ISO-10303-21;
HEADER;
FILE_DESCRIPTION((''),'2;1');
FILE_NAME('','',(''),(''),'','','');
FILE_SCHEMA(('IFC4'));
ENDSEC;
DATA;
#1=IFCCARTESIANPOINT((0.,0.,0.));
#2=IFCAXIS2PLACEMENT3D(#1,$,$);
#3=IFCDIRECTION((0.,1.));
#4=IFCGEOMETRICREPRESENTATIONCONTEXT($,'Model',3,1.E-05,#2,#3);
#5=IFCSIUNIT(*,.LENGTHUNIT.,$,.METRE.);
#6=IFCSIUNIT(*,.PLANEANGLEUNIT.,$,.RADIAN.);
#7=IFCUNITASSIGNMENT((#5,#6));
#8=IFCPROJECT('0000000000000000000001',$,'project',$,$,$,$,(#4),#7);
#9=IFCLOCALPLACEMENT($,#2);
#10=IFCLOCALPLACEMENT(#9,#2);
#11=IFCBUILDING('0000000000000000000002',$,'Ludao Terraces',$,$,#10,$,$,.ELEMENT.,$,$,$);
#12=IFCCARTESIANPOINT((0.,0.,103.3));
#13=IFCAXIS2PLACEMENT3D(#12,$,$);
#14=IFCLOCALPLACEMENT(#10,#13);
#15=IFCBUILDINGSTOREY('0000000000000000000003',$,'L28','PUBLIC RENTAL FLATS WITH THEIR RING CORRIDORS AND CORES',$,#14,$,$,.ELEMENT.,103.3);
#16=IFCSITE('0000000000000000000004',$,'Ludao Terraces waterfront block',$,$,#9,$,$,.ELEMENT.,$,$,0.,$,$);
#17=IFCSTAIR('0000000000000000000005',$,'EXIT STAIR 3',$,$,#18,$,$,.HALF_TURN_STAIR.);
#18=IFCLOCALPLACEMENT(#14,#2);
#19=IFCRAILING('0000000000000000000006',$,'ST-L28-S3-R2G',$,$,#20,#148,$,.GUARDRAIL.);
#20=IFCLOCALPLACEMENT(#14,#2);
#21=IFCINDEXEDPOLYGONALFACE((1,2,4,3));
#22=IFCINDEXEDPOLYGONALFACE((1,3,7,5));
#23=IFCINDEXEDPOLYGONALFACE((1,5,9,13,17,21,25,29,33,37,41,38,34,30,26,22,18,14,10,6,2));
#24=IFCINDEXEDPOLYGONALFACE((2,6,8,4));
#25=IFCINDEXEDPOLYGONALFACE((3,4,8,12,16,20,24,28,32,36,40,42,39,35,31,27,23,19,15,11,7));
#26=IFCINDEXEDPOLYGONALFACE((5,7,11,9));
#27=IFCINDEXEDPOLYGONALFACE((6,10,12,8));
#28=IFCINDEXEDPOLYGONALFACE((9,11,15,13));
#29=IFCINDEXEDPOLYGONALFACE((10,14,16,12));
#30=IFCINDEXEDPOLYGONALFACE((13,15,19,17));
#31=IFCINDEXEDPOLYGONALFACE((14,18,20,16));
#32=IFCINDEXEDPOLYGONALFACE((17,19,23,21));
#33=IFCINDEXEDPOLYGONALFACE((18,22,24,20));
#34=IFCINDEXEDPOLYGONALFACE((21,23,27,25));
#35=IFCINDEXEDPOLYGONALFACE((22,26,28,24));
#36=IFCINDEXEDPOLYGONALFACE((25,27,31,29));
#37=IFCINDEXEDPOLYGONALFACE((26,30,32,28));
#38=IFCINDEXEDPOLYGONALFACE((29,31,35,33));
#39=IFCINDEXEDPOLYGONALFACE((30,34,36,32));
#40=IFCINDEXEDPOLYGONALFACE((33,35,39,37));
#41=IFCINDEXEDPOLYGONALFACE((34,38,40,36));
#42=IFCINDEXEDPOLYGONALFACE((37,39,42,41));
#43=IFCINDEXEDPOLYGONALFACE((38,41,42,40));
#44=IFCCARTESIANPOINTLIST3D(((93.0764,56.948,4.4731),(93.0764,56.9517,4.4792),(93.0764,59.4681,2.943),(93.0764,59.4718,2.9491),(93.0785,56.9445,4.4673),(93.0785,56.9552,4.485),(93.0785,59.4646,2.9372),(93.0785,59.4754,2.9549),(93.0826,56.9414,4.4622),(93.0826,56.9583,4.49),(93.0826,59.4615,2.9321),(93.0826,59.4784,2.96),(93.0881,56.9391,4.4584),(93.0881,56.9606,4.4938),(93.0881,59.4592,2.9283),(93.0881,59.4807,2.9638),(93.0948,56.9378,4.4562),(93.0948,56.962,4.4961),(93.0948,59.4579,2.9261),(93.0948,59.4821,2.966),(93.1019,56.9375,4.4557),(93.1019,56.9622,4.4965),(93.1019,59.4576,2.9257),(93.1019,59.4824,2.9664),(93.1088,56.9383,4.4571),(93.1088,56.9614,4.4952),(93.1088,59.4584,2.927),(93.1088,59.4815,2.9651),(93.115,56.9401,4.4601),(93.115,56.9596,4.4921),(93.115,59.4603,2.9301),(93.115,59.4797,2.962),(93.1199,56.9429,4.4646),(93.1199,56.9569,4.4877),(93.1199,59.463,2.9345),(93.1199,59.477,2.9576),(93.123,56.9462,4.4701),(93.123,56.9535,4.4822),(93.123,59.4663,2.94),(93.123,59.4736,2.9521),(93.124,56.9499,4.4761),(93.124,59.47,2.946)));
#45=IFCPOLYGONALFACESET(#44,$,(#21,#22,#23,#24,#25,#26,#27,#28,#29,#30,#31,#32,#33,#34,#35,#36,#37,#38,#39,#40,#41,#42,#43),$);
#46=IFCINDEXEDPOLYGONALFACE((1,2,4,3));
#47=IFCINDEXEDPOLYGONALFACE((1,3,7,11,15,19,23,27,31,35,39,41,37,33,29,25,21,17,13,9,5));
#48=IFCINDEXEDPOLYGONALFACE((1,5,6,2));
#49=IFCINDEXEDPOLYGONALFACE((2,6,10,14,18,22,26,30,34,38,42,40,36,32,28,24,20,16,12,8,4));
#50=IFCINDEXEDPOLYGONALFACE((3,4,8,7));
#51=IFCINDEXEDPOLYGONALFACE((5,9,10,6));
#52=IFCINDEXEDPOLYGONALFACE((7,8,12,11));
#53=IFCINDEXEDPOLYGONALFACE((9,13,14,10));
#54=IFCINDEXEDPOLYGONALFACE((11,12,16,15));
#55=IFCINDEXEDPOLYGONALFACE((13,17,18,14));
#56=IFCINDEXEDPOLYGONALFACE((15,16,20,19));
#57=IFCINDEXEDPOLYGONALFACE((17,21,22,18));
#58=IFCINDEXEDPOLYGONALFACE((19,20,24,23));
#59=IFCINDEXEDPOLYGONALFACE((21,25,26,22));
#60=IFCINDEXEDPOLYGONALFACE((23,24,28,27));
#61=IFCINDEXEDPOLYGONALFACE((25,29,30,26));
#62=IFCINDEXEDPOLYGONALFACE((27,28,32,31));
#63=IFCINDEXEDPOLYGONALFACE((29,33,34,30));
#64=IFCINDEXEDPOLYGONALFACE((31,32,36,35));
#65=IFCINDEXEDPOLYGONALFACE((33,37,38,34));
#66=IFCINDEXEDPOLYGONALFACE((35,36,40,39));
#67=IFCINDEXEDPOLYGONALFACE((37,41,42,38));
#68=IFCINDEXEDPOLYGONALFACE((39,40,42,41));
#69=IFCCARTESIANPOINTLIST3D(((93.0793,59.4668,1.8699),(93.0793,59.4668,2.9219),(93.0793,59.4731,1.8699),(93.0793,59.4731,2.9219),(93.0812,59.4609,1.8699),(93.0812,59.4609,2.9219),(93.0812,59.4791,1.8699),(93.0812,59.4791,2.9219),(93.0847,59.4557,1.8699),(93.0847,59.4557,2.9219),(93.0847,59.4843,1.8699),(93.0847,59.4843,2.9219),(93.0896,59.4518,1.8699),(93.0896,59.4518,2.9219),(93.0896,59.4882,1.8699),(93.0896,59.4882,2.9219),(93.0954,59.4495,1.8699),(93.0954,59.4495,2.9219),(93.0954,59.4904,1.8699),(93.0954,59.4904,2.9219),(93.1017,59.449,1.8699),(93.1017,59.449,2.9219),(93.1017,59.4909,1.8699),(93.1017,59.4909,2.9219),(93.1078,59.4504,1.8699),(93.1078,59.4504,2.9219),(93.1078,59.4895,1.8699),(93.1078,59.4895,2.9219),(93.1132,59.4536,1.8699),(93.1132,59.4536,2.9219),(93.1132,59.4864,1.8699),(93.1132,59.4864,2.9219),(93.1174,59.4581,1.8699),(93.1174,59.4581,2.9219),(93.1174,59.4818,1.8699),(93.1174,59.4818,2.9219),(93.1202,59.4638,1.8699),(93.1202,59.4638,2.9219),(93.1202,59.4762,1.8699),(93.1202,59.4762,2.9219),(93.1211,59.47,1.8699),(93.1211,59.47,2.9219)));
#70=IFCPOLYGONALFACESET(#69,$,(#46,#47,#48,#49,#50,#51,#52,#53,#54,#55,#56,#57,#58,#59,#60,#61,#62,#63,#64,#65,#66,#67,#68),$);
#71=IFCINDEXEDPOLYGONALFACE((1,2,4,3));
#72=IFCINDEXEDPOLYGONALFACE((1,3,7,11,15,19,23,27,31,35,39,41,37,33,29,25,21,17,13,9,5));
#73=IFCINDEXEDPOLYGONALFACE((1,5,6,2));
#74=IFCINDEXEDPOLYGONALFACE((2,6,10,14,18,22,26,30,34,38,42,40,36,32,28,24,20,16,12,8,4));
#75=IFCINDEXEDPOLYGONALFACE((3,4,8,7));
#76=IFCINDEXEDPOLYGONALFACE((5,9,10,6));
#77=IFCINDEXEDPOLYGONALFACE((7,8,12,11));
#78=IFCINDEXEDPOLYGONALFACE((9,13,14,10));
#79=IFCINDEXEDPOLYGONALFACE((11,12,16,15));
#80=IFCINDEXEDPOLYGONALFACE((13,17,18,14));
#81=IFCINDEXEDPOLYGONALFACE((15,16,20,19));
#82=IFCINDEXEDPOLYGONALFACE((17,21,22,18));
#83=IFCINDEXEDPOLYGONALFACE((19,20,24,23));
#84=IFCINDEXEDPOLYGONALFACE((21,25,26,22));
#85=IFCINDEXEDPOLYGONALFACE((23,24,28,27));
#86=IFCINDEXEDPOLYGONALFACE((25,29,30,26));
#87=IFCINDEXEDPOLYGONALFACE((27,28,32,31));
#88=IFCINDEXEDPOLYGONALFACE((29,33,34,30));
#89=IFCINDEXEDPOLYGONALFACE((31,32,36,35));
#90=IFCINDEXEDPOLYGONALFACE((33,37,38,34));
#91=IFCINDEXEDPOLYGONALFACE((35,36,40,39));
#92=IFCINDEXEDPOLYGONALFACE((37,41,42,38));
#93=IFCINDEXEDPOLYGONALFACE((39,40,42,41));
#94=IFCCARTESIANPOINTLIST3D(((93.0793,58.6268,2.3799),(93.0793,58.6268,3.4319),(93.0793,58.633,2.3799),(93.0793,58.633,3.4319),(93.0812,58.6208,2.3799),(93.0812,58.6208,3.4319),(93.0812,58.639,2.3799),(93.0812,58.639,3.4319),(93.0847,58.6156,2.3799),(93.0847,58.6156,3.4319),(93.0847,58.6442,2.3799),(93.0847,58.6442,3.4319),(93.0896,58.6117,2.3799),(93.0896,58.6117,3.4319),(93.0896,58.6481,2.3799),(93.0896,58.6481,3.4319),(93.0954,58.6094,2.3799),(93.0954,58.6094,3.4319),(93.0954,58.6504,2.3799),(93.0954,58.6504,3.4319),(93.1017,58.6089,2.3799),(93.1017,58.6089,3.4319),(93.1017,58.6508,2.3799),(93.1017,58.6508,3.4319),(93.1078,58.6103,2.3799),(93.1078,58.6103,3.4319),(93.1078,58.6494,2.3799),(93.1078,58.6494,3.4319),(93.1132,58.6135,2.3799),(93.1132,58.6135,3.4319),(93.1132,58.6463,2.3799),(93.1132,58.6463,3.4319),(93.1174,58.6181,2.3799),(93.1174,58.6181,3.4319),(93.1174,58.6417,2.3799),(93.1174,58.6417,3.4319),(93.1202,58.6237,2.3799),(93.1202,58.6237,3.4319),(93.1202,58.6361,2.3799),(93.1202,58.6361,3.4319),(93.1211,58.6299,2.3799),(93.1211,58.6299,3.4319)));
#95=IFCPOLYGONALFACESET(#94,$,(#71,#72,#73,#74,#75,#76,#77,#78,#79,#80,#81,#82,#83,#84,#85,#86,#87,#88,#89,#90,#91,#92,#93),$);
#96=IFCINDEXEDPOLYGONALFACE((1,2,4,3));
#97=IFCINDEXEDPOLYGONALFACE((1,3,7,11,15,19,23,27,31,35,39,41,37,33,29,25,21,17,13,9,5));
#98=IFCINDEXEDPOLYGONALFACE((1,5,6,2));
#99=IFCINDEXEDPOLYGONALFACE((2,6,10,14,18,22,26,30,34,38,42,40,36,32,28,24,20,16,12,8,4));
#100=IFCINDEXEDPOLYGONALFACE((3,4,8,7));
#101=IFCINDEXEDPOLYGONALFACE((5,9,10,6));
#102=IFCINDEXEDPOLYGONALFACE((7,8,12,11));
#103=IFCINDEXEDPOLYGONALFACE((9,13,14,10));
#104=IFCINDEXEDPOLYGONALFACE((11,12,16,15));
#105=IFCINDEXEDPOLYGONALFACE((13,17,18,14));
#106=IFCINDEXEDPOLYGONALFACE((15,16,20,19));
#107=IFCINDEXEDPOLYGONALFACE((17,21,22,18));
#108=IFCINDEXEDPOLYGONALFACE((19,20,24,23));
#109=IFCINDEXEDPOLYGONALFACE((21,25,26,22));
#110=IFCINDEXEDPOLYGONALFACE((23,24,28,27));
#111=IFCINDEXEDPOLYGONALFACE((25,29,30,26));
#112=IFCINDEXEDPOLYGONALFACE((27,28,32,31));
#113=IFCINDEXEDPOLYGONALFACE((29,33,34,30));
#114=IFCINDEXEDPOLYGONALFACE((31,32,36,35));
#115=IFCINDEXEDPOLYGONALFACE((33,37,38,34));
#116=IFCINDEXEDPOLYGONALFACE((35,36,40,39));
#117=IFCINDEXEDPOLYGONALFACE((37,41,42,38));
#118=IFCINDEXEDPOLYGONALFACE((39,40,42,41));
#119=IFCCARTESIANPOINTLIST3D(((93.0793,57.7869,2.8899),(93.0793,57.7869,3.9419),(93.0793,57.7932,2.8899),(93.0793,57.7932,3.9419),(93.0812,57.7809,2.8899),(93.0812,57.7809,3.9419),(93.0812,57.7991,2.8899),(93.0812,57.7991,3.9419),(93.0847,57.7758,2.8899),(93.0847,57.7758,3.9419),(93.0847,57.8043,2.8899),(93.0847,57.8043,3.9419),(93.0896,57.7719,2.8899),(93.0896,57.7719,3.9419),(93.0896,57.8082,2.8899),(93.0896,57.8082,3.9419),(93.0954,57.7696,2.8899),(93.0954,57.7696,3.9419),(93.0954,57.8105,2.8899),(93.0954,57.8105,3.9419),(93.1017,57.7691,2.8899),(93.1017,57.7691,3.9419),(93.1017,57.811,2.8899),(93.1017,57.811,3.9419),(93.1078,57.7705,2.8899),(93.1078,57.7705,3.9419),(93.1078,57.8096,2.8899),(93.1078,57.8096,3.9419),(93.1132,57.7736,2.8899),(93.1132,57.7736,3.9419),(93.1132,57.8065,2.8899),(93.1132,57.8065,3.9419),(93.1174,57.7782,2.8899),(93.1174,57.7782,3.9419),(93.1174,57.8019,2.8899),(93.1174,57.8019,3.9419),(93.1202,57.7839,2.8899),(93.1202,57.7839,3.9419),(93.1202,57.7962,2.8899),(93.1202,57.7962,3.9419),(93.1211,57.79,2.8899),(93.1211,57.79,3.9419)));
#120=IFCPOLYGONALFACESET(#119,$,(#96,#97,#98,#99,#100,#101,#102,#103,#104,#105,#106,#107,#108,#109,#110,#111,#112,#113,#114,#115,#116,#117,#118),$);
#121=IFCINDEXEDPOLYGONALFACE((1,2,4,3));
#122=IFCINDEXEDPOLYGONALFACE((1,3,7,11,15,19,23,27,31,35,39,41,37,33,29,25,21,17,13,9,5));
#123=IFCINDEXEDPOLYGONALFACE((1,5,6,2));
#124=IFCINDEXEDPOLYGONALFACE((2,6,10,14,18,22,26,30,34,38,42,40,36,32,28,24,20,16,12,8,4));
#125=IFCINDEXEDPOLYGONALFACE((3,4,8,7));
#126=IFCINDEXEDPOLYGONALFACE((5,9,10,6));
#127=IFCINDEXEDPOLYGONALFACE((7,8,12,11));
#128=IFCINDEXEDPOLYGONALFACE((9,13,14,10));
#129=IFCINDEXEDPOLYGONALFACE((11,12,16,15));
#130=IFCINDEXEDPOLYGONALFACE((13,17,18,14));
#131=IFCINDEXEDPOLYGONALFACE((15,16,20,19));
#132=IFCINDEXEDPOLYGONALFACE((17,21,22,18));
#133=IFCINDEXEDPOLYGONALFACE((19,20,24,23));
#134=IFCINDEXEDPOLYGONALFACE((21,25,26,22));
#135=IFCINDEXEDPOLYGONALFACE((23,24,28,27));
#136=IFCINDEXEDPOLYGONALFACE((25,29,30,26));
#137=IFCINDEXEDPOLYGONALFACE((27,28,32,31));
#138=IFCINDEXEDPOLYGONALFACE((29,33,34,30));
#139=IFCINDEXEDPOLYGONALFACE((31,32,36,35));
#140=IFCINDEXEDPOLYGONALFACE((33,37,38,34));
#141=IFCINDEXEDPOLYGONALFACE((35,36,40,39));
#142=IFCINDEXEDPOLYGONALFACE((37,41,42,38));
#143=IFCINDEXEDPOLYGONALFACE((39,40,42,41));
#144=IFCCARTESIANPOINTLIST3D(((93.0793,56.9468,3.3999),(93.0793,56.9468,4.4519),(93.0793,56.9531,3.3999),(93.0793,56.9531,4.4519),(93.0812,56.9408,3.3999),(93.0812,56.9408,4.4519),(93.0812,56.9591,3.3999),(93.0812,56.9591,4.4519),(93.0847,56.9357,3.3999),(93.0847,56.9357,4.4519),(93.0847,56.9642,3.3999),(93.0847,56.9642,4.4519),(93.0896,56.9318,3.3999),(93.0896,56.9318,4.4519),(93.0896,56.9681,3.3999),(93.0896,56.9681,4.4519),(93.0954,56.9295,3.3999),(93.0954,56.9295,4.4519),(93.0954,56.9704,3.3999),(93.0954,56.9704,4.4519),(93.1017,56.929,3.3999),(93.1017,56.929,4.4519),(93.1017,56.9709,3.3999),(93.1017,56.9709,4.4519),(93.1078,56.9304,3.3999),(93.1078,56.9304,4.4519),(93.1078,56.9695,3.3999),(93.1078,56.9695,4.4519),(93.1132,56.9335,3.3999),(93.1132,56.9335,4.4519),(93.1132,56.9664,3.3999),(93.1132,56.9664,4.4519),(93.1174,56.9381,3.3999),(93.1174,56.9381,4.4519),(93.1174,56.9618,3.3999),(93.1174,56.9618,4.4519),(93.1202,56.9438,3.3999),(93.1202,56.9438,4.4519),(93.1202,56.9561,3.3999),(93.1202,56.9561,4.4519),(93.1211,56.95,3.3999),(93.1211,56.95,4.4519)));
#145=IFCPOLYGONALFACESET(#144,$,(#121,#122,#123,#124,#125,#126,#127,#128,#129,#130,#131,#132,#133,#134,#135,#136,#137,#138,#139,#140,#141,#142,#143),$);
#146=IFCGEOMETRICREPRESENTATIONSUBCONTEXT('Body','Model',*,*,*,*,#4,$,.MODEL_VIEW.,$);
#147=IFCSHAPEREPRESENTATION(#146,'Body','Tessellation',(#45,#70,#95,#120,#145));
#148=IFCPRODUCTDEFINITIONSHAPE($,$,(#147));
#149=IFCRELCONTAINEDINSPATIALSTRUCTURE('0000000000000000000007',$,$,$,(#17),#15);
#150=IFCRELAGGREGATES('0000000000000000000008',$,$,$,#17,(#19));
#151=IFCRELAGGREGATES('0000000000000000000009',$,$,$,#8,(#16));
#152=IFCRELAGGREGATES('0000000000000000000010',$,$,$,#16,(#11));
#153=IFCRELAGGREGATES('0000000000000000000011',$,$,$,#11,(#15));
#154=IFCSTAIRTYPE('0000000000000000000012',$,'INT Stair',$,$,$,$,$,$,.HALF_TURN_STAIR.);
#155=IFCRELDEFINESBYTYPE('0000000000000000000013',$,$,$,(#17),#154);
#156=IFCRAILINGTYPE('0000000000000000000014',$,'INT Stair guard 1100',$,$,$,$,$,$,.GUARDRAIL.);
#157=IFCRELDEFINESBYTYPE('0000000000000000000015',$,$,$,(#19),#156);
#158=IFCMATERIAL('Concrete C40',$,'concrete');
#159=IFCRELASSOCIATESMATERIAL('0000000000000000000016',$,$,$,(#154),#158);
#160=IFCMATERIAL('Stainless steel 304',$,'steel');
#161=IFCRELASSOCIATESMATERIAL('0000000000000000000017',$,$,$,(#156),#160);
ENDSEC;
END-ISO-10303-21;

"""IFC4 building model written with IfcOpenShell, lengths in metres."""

from ifc_helpers import new_model, si_unit, direction, frame, origin, origin_2d, place, context, subcontext, project, spatial, circle, extrude, material, type_object, element, aggregate, save


model = new_model("IFC4")

# Units and contexts
model_context = context("Model", 3, precision=1e-05, world=origin(), true_north=direction((0.0, 1.0)))
body_context = subcontext(model_context, "Body", "Model", "MODEL_VIEW")
ifc_project = project(units=[si_unit("LENGTHUNIT", "METRE"), si_unit("PLANEANGLEUNIT", "RADIAN")], contexts=[model_context])

# Site, building, storey
site_placement = place(None, origin())
site = spatial("IfcSite", under=ifc_project, at=site_placement, Name="Ludao Terraces waterfront block", CompositionType="ELEMENT", RefElevation=0.0)
building_placement = place(site_placement, origin())
building = spatial("IfcBuilding", under=site, at=building_placement, Name="Ludao Terraces", CompositionType="ELEMENT")
storey_placement = place(building_placement, frame((0.0, 0.0, 103.3)))
storey = spatial("IfcBuildingStorey", under=building, at=storey_placement, Name="L28", Description="PUBLIC RENTAL FLATS WITH THEIR RING CORRIDORS AND CORES", CompositionType="ELEMENT", Elevation=103.3)

# Shared definitions
ifc_material_1 = material(Name="Concrete C40", Category="concrete")

# Stair, railing
stair_type = type_object("IfcStairType", Name="INT Stair", PredefinedType="HALF_TURN_STAIR", material=ifc_material_1)
stair_placement = place(storey_placement, origin())
stair = element("IfcStair", 1, at=stair_placement, inside=storey, type_object=stair_type, Name="EXIT STAIR 3", PredefinedType="HALF_TURN_STAIR")
ifc_material_2 = material(Name="Stainless steel 304", Category="steel")
railing_type_1 = type_object("IfcRailingType", Name="INT Stair guard 1100", PredefinedType="GUARDRAIL", material=ifc_material_2)
railing_1_placement = place(storey_placement, frame((93.1001, 59.47, 1.8699)))
railing_1 = element("IfcRailing", 2, at=railing_1_placement, type_object=railing_type_1, Name="ST-L28-S3-R2G", PredefinedType="GUARDRAIL", context=body_context, shape_type="SweptSolid", body=[
    extrude(circle(Radius=0.0239, at=origin_2d()), frame((0.0, 0.0, 1.0762), z_axis=(0.0, -0.854785, 0.518982), x_axis=(1.0, 0.0, 0.0)), (0.0, 0.0, 1.0), 2.9482),
    extrude(circle(Radius=0.021, at=origin_2d()), origin(), (0.0, 0.0, 1.0), 1.052),
    extrude(circle(Radius=0.021, at=origin_2d()), frame((0.0, -0.8401, 0.51)), (0.0, 0.0, 1.0), 1.052),
    extrude(circle(Radius=0.021, at=origin_2d()), frame((0.0, -1.6799, 1.02)), (0.0, 0.0, 1.0), 1.052),
    extrude(circle(Radius=0.021, at=origin_2d()), frame((0.0, -2.52, 1.53)), (0.0, 0.0, 1.0), 1.052),
])
aggregate(stair, [railing_1])

save(model, "model.ifc")
